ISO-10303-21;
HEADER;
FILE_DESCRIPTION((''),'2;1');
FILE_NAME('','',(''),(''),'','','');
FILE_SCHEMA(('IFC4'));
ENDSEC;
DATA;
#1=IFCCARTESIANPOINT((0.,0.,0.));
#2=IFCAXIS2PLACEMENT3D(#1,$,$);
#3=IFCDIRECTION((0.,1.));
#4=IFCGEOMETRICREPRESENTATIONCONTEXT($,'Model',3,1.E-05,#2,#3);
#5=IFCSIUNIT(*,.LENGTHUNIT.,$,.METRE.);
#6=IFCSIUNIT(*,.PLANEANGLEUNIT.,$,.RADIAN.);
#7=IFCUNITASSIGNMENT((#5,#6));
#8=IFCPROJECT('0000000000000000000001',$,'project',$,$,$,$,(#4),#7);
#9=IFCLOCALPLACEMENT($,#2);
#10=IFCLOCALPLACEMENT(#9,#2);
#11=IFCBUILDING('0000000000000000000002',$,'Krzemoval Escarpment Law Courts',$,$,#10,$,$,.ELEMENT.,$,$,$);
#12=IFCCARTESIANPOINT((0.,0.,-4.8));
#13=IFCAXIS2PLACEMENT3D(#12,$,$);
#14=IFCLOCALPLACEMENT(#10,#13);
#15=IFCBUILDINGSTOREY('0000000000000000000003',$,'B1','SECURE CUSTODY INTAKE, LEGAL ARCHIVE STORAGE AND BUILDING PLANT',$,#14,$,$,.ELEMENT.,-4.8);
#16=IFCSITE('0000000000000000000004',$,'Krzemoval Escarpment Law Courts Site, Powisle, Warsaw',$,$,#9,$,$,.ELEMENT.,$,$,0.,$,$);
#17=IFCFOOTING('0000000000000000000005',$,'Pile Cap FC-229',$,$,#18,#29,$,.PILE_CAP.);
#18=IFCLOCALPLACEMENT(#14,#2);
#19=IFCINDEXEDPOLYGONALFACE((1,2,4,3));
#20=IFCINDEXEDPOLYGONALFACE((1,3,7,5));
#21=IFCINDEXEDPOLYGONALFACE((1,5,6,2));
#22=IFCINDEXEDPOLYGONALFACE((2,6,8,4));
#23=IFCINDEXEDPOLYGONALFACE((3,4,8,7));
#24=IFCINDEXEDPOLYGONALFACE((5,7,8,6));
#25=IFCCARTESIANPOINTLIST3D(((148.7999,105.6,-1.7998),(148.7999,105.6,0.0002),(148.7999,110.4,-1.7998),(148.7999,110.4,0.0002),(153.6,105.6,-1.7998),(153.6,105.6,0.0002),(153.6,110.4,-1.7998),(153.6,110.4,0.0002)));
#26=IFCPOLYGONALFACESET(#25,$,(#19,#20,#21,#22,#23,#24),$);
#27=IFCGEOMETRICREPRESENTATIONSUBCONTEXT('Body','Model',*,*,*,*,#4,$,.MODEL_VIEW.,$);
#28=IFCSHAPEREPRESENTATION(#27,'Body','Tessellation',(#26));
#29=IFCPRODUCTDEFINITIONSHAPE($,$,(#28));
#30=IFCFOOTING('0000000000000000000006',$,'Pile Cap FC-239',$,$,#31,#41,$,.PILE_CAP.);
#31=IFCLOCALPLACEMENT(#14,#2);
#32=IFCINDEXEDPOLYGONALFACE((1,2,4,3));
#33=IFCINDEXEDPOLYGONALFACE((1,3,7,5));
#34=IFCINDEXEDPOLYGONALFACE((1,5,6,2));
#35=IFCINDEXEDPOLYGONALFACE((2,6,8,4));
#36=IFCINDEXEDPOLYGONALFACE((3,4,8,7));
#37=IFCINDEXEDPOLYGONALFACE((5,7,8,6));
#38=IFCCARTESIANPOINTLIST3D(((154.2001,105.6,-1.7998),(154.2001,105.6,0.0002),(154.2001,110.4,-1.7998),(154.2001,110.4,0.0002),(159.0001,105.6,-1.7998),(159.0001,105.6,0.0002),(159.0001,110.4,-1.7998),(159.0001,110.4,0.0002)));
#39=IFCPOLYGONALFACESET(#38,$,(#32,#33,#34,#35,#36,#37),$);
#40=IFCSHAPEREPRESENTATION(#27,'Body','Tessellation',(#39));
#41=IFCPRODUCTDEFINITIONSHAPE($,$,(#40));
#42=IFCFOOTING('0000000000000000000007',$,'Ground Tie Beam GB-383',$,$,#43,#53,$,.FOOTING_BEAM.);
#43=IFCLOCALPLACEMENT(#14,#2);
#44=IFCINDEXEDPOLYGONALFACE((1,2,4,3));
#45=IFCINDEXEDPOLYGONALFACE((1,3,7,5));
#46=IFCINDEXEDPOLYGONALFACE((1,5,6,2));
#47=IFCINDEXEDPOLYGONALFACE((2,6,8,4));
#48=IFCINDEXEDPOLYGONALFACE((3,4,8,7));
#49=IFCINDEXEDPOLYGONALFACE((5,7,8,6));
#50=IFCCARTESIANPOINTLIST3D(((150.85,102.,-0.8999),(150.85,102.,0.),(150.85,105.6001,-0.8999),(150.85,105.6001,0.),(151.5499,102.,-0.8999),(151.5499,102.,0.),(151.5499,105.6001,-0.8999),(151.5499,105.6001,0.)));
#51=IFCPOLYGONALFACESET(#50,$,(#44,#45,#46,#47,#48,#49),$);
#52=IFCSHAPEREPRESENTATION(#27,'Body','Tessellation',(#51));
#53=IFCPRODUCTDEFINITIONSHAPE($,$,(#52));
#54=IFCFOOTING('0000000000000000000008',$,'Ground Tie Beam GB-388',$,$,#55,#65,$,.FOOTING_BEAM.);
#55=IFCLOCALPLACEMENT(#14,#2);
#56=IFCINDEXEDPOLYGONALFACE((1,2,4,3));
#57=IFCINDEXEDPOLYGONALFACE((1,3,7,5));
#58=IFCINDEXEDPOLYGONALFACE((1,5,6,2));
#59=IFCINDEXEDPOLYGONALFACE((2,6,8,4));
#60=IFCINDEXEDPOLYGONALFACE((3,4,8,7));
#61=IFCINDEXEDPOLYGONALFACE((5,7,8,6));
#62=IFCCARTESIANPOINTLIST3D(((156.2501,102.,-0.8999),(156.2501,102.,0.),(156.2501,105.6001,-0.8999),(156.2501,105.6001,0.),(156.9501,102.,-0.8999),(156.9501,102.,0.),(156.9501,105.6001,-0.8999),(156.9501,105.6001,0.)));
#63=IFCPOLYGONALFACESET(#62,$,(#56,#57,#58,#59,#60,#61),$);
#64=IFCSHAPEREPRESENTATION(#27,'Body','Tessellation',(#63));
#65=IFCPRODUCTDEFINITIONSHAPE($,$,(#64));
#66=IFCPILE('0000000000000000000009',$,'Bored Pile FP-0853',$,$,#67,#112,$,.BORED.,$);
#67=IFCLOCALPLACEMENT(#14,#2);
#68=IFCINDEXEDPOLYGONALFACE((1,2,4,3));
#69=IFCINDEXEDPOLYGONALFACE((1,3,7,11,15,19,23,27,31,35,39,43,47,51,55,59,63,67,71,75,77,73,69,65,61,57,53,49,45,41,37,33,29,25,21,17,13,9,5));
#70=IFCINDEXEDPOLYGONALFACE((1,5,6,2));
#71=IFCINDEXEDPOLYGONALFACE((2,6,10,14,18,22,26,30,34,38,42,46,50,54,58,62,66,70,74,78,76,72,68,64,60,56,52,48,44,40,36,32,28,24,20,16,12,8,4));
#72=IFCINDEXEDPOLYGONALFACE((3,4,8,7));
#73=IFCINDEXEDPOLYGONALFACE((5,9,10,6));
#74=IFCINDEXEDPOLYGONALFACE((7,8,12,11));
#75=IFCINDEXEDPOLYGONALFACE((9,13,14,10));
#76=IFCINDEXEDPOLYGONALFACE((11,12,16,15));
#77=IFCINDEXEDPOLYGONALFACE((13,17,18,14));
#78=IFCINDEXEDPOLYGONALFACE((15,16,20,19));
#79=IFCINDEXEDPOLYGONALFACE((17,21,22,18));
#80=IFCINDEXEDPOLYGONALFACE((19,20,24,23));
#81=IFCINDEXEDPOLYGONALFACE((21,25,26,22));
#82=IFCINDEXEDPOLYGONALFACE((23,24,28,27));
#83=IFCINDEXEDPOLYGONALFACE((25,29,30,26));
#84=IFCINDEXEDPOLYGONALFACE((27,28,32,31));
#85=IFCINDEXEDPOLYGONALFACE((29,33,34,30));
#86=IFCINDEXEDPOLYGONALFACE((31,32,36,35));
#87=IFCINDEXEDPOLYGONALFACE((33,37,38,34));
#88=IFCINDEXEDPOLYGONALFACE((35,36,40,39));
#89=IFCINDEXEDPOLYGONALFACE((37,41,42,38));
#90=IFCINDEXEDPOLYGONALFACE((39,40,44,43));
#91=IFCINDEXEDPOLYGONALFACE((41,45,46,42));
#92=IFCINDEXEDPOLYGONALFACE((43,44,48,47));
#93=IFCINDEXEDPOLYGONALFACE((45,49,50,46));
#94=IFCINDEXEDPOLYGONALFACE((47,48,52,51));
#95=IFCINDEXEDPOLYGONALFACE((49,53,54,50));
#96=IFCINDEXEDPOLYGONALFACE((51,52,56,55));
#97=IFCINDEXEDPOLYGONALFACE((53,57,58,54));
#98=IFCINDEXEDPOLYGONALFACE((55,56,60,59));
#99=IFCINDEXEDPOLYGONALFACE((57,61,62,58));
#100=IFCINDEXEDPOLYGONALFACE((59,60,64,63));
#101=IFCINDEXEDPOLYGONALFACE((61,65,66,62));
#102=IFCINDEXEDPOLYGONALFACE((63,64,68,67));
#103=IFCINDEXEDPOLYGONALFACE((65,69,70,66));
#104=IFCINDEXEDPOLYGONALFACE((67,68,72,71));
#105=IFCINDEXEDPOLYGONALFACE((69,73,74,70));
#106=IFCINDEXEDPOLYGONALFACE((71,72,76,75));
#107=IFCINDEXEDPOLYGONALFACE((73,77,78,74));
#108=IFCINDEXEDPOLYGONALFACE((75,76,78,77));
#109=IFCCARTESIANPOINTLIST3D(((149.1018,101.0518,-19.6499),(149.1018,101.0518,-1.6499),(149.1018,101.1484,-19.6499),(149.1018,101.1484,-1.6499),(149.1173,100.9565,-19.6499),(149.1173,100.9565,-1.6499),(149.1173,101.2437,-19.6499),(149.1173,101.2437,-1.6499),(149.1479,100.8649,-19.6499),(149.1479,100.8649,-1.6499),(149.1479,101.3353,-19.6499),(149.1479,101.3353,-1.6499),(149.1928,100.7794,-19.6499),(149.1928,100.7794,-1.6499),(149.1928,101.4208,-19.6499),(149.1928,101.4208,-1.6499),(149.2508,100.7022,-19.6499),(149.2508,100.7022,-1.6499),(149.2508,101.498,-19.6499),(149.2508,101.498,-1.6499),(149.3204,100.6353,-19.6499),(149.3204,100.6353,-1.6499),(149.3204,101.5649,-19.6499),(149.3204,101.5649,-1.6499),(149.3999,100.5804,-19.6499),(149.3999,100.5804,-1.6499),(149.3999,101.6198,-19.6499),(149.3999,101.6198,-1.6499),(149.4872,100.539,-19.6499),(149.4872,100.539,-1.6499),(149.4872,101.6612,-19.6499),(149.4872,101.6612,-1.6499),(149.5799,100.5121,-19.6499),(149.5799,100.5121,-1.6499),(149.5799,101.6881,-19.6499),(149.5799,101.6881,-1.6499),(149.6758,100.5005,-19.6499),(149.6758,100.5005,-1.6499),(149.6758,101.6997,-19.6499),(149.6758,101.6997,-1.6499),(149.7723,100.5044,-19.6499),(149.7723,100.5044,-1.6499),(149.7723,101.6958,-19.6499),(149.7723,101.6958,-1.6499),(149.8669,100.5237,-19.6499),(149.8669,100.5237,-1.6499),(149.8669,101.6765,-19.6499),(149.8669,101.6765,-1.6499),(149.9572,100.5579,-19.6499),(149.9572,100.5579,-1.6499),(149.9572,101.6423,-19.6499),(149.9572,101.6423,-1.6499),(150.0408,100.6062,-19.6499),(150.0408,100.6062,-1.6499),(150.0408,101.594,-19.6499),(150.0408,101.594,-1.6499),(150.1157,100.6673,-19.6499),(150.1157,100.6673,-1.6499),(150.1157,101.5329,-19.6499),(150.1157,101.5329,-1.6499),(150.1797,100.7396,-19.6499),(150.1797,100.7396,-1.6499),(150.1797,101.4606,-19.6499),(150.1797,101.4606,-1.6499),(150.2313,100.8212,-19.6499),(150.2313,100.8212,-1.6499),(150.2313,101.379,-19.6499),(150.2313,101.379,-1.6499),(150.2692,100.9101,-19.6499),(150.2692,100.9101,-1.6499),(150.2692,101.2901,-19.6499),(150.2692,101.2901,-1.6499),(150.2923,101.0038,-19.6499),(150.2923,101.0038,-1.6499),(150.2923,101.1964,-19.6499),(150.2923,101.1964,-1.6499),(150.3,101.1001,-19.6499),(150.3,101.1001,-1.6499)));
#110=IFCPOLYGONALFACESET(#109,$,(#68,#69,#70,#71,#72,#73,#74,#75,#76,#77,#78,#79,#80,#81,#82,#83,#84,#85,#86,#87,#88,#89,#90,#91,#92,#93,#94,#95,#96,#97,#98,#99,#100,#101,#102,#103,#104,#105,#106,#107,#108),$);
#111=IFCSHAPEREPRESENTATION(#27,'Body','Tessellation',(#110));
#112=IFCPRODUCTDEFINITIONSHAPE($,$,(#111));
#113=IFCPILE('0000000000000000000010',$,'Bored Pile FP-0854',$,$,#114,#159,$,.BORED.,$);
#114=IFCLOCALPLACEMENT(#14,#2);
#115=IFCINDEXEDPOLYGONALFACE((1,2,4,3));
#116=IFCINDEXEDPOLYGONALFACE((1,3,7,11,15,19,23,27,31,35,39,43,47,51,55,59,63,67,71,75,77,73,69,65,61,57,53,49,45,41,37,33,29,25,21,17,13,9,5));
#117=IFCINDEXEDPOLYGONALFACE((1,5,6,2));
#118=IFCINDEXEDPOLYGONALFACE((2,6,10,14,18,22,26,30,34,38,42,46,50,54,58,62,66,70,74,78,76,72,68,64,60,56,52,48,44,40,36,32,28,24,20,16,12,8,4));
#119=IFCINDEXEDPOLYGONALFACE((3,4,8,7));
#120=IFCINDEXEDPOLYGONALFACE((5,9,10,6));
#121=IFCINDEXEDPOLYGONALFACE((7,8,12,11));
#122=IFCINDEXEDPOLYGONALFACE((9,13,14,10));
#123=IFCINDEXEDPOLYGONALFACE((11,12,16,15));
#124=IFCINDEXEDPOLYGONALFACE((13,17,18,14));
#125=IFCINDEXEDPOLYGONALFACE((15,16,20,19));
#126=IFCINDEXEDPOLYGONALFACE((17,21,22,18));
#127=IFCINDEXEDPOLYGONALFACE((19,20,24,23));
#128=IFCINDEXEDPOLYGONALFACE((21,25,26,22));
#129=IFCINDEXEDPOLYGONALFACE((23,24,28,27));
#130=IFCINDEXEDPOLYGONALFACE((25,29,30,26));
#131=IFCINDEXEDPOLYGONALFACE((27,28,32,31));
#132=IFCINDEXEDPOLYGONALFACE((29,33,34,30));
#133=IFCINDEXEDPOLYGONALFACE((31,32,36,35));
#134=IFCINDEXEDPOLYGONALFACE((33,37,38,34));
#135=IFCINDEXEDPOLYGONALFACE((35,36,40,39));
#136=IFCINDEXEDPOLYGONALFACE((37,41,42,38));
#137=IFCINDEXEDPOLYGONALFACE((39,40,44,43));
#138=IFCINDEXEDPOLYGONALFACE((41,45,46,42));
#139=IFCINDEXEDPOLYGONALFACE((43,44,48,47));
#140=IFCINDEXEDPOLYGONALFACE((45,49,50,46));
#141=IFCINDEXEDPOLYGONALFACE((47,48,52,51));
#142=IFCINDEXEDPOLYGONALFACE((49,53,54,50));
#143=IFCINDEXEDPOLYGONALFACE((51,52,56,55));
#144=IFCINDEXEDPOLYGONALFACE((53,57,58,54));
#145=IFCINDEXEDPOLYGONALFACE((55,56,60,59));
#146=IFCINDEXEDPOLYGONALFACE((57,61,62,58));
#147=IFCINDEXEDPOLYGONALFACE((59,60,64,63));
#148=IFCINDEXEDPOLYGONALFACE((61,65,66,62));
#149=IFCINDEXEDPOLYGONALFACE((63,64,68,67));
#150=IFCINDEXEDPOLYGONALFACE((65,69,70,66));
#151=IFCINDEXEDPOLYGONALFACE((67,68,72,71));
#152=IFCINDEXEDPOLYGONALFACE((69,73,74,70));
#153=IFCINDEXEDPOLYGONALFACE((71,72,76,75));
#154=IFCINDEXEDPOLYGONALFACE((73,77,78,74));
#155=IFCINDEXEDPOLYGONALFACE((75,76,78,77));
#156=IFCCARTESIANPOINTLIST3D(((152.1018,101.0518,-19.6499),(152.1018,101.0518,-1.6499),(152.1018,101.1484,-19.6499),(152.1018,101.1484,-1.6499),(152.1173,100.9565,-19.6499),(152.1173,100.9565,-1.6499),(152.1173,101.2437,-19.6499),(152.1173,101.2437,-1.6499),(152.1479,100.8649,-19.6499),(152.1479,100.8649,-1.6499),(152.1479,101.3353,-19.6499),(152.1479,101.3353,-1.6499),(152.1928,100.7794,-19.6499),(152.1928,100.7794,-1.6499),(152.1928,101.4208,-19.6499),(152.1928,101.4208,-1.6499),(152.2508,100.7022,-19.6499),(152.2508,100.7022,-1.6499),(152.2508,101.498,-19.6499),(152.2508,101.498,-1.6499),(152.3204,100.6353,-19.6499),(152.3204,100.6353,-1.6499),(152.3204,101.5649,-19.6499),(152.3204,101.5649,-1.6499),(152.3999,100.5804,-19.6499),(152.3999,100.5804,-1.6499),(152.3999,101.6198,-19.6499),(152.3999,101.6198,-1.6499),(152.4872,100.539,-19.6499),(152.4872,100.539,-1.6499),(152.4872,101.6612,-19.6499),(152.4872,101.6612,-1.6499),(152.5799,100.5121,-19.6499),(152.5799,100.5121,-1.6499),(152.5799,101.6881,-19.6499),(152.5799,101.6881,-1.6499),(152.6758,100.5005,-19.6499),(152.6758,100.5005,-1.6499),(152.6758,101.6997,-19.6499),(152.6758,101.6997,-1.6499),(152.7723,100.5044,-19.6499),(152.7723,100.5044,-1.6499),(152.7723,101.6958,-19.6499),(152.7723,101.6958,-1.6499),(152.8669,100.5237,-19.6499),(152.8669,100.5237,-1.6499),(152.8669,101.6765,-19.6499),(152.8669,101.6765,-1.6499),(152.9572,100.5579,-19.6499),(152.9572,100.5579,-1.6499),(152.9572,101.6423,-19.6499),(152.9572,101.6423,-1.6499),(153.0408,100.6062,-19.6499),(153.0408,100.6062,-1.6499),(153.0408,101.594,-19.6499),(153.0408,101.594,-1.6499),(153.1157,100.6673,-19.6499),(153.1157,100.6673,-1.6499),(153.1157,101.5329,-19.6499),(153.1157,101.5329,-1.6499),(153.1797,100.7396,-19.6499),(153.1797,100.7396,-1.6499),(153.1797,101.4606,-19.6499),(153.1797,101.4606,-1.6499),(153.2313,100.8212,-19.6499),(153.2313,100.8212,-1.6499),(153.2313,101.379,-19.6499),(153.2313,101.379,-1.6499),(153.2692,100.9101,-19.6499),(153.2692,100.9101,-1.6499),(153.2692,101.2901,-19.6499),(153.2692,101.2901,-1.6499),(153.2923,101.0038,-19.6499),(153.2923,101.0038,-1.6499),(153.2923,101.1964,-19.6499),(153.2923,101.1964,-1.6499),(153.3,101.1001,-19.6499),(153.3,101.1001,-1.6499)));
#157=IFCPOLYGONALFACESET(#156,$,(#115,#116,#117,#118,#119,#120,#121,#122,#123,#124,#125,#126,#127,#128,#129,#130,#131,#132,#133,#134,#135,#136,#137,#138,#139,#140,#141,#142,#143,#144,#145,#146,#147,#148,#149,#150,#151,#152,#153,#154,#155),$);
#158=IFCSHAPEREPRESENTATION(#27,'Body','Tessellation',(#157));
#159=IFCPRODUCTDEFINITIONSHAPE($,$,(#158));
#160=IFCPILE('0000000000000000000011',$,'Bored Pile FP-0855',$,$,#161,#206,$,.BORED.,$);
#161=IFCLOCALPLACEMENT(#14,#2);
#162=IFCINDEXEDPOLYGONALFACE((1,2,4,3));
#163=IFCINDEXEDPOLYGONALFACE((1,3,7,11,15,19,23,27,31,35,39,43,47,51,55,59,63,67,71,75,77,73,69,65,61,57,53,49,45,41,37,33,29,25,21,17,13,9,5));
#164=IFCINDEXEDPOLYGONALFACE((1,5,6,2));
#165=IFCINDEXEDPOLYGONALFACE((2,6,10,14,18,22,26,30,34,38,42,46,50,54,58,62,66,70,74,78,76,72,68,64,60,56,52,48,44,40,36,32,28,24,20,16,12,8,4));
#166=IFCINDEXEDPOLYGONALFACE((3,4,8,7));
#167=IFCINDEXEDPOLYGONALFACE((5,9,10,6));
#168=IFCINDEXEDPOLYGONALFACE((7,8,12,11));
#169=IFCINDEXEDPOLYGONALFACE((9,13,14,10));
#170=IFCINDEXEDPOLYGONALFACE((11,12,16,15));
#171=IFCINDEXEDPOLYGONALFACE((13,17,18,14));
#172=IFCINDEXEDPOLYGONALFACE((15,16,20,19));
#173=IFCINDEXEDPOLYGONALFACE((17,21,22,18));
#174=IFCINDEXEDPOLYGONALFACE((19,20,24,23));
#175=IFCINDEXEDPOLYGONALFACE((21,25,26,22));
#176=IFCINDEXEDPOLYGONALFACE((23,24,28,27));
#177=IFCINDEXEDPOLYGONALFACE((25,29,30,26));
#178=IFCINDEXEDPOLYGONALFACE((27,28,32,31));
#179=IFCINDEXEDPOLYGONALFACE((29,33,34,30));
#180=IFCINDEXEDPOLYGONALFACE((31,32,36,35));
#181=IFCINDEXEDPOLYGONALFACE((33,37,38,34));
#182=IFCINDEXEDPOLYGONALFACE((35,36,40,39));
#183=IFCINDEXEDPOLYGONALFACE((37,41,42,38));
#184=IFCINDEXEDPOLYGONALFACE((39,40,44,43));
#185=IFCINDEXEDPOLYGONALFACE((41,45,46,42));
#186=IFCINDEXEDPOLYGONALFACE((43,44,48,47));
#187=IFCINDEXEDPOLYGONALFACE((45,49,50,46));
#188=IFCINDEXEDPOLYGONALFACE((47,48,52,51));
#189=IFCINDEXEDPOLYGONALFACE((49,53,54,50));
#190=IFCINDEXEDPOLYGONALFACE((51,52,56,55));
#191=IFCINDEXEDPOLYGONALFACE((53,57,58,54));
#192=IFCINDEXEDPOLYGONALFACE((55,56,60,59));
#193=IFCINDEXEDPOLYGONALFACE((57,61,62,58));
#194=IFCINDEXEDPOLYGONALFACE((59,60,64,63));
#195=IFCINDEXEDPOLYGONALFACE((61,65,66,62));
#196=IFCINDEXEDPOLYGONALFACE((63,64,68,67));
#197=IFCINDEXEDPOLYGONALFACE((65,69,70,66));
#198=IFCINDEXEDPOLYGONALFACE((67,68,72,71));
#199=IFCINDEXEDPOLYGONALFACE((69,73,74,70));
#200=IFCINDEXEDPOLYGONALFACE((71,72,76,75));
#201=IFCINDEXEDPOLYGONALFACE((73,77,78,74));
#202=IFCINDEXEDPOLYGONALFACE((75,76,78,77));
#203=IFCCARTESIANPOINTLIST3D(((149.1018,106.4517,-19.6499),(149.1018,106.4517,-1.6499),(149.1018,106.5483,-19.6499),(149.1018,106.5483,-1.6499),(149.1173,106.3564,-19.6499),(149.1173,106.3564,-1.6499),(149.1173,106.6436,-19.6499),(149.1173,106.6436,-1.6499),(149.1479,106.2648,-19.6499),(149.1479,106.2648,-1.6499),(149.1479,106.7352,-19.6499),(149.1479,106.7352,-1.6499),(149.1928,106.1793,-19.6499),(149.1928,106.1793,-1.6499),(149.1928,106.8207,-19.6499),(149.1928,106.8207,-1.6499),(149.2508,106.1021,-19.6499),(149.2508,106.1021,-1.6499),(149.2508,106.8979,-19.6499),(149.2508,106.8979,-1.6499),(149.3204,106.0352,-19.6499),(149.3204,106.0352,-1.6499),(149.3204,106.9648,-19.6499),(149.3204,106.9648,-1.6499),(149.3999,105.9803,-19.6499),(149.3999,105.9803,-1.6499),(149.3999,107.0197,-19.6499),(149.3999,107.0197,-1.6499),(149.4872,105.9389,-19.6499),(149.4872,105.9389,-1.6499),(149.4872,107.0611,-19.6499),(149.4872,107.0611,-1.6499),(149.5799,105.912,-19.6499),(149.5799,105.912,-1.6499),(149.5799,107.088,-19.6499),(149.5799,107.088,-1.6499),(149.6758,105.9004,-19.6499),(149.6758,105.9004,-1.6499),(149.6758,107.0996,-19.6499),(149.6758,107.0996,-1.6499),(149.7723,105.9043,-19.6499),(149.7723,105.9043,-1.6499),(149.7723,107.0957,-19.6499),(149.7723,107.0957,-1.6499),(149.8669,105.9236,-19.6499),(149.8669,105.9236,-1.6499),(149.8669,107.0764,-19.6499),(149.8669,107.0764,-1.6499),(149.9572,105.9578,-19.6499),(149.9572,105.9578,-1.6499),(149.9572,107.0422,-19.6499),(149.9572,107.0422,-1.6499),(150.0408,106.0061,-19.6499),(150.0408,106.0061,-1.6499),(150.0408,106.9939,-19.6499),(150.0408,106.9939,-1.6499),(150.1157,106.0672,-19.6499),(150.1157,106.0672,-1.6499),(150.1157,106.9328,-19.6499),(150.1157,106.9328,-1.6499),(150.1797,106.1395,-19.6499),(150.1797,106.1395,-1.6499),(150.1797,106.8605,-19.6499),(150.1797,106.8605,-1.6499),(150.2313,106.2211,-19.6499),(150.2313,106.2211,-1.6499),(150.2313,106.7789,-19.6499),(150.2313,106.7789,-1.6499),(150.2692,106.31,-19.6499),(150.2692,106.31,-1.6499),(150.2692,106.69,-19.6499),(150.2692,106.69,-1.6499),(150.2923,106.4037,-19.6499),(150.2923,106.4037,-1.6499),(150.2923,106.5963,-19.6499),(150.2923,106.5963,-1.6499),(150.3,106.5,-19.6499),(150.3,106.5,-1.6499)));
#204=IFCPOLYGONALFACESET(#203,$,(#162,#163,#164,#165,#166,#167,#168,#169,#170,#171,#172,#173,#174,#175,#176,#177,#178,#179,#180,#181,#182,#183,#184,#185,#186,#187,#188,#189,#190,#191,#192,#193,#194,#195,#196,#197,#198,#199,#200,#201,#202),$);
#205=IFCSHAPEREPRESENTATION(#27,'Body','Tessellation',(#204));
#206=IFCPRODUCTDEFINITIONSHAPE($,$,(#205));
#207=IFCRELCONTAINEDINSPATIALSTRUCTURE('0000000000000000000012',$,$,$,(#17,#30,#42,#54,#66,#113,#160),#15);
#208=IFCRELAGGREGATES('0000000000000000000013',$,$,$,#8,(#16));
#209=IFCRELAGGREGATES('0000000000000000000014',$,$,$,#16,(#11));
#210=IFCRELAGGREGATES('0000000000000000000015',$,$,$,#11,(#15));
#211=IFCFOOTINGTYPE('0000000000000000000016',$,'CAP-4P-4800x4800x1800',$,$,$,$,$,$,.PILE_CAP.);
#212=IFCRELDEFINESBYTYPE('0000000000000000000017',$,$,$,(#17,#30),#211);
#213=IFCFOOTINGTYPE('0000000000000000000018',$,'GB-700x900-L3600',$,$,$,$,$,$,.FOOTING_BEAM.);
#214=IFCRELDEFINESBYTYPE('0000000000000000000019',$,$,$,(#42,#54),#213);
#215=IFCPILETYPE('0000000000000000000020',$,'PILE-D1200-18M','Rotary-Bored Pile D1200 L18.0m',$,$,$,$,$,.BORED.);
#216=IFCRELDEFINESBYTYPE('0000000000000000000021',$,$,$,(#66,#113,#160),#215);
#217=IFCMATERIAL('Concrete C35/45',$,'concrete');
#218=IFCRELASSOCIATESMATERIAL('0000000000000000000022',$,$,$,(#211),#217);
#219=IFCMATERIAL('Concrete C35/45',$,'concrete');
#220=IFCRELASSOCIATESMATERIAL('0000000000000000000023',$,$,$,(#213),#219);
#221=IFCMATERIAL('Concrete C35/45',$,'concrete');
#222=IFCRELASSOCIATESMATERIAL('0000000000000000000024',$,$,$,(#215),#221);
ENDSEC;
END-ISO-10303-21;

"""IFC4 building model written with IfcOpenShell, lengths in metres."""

from ifc_helpers import new_model, si_unit, direction, frame, origin, origin_2d, place, context, subcontext, project, spatial, rectangle, circle, extrude, material, material_profile, profile_set, type_object, element, save


model = new_model("IFC4")

# Units and contexts
model_context = context("Model", 3, precision=1e-05, world=origin(), true_north=direction((0.0, 1.0)))
body_context = subcontext(model_context, "Body", "Model", "MODEL_VIEW")
ifc_project = project(units=[si_unit("LENGTHUNIT", "METRE"), si_unit("PLANEANGLEUNIT", "RADIAN")], contexts=[model_context])

# Site, building, storey
site_placement = place(None, origin())
site = spatial("IfcSite", under=ifc_project, at=site_placement, Name="Krzemoval Escarpment Law Courts Site, Powisle, Warsaw", CompositionType="ELEMENT", RefElevation=0.0)
building_placement = place(site_placement, origin())
building = spatial("IfcBuilding", under=site, at=building_placement, Name="Krzemoval Escarpment Law Courts", CompositionType="ELEMENT")
storey_placement = place(building_placement, frame((0.0, 0.0, -4.8)))
storey = spatial("IfcBuildingStorey", under=building, at=storey_placement, Name="B1", Description="SECURE CUSTODY INTAKE, LEGAL ARCHIVE STORAGE AND BUILDING PLANT", CompositionType="ELEMENT", Elevation=-4.8)

# Footings
ifc_material_1 = material(Name="Concrete C35/45", Category="concrete")
footing_type_1 = type_object("IfcFootingType", Name="CAP-4P-4800x4800x1800", PredefinedType="PILE_CAP", material=ifc_material_1)
for number, where, z_axis, x_axis, name in (
    (1, (151.2, 108.0, -1.7998), (0.0, 0.0, 1.0), (1.0, 0.0, 0.0), "Pile Cap FC-229"),
    (2, (156.6001, 108.0, -1.7998), (0.0, 0.0, 1.0), (1.0, 0.0, 0.0), "Pile Cap FC-239"),
):
    element("IfcFooting", number, at=place(storey_placement, frame(where, z_axis=z_axis, x_axis=x_axis)), inside=storey, type_object=footing_type_1, Name=name, PredefinedType="PILE_CAP", context=body_context, shape_type="SweptSolid", body=[
        extrude(rectangle(XDim=4.8, YDim=4.8, at=origin_2d()), origin(), (0.0, 0.0, 1.0), 1.8),
    ])
ifc_material_2 = material(Name="Concrete C35/45", Category="concrete")
footing_type_2 = type_object("IfcFootingType", Name="GB-700x900-L3600", PredefinedType="FOOTING_BEAM", material=ifc_material_2)
for number, where, z_axis, x_axis, name in (
    (3, (151.2, 103.8, -0.8999), (0.0, 0.0, 1.0), (0.0, 1.0, 0.0), "Ground Tie Beam GB-383"),
    (4, (156.6001, 103.8, -0.8999), (0.0, 0.0, 1.0), (0.0, 1.0, 0.0), "Ground Tie Beam GB-388"),
):
    element("IfcFooting", number, at=place(storey_placement, frame(where, z_axis=z_axis, x_axis=x_axis)), inside=storey, type_object=footing_type_2, Name=name, PredefinedType="FOOTING_BEAM", context=body_context, shape_type="SweptSolid", body=[
        extrude(rectangle(XDim=3.6001, YDim=0.7, at=origin_2d()), origin(), (0.0, 0.0, 1.0), 0.8999),
    ])

# Piles
ifc_material_3 = material(Name="Concrete C35/45", Category="concrete")
ifc_material_profile_1 = material_profile(ifc_material_3, circle(Radius=0.6001, at=origin_2d()), Name="PILE D1200")
ifc_profile_set_1 = profile_set([ifc_material_profile_1], Name="Concrete C35/45")
pile_type = type_object("IfcPileType", Name="PILE-D1200-18M", Description="Rotary-Bored Pile D1200 L18.0m", PredefinedType="BORED", material=ifc_profile_set_1)
for number, where, z_axis, x_axis, name in (
    (5, (149.7, 101.1001, -1.6499), (0.0, 0.0, -1.0), (1.0, 0.0, 0.0), "Bored Pile FP-0853"),
    (6, (152.7, 101.1001, -1.6499), (0.0, 0.0, -1.0), (1.0, 0.0, 0.0), "Bored Pile FP-0854"),
    (7, (149.7, 106.5, -1.6499), (0.0, 0.0, -1.0), (1.0, 0.0, 0.0), "Bored Pile FP-0855"),
):
    element("IfcPile", number, at=place(storey_placement, frame(where, z_axis=z_axis, x_axis=x_axis)), inside=storey, type_object=pile_type, Name=name, PredefinedType="BORED", context=body_context, shape_type="SweptSolid", body=[
        extrude(circle(Radius=0.6001, at=origin_2d()), origin(), (0.0, 0.0, 1.0), 18.0),
    ])

save(model, "model.ifc")
